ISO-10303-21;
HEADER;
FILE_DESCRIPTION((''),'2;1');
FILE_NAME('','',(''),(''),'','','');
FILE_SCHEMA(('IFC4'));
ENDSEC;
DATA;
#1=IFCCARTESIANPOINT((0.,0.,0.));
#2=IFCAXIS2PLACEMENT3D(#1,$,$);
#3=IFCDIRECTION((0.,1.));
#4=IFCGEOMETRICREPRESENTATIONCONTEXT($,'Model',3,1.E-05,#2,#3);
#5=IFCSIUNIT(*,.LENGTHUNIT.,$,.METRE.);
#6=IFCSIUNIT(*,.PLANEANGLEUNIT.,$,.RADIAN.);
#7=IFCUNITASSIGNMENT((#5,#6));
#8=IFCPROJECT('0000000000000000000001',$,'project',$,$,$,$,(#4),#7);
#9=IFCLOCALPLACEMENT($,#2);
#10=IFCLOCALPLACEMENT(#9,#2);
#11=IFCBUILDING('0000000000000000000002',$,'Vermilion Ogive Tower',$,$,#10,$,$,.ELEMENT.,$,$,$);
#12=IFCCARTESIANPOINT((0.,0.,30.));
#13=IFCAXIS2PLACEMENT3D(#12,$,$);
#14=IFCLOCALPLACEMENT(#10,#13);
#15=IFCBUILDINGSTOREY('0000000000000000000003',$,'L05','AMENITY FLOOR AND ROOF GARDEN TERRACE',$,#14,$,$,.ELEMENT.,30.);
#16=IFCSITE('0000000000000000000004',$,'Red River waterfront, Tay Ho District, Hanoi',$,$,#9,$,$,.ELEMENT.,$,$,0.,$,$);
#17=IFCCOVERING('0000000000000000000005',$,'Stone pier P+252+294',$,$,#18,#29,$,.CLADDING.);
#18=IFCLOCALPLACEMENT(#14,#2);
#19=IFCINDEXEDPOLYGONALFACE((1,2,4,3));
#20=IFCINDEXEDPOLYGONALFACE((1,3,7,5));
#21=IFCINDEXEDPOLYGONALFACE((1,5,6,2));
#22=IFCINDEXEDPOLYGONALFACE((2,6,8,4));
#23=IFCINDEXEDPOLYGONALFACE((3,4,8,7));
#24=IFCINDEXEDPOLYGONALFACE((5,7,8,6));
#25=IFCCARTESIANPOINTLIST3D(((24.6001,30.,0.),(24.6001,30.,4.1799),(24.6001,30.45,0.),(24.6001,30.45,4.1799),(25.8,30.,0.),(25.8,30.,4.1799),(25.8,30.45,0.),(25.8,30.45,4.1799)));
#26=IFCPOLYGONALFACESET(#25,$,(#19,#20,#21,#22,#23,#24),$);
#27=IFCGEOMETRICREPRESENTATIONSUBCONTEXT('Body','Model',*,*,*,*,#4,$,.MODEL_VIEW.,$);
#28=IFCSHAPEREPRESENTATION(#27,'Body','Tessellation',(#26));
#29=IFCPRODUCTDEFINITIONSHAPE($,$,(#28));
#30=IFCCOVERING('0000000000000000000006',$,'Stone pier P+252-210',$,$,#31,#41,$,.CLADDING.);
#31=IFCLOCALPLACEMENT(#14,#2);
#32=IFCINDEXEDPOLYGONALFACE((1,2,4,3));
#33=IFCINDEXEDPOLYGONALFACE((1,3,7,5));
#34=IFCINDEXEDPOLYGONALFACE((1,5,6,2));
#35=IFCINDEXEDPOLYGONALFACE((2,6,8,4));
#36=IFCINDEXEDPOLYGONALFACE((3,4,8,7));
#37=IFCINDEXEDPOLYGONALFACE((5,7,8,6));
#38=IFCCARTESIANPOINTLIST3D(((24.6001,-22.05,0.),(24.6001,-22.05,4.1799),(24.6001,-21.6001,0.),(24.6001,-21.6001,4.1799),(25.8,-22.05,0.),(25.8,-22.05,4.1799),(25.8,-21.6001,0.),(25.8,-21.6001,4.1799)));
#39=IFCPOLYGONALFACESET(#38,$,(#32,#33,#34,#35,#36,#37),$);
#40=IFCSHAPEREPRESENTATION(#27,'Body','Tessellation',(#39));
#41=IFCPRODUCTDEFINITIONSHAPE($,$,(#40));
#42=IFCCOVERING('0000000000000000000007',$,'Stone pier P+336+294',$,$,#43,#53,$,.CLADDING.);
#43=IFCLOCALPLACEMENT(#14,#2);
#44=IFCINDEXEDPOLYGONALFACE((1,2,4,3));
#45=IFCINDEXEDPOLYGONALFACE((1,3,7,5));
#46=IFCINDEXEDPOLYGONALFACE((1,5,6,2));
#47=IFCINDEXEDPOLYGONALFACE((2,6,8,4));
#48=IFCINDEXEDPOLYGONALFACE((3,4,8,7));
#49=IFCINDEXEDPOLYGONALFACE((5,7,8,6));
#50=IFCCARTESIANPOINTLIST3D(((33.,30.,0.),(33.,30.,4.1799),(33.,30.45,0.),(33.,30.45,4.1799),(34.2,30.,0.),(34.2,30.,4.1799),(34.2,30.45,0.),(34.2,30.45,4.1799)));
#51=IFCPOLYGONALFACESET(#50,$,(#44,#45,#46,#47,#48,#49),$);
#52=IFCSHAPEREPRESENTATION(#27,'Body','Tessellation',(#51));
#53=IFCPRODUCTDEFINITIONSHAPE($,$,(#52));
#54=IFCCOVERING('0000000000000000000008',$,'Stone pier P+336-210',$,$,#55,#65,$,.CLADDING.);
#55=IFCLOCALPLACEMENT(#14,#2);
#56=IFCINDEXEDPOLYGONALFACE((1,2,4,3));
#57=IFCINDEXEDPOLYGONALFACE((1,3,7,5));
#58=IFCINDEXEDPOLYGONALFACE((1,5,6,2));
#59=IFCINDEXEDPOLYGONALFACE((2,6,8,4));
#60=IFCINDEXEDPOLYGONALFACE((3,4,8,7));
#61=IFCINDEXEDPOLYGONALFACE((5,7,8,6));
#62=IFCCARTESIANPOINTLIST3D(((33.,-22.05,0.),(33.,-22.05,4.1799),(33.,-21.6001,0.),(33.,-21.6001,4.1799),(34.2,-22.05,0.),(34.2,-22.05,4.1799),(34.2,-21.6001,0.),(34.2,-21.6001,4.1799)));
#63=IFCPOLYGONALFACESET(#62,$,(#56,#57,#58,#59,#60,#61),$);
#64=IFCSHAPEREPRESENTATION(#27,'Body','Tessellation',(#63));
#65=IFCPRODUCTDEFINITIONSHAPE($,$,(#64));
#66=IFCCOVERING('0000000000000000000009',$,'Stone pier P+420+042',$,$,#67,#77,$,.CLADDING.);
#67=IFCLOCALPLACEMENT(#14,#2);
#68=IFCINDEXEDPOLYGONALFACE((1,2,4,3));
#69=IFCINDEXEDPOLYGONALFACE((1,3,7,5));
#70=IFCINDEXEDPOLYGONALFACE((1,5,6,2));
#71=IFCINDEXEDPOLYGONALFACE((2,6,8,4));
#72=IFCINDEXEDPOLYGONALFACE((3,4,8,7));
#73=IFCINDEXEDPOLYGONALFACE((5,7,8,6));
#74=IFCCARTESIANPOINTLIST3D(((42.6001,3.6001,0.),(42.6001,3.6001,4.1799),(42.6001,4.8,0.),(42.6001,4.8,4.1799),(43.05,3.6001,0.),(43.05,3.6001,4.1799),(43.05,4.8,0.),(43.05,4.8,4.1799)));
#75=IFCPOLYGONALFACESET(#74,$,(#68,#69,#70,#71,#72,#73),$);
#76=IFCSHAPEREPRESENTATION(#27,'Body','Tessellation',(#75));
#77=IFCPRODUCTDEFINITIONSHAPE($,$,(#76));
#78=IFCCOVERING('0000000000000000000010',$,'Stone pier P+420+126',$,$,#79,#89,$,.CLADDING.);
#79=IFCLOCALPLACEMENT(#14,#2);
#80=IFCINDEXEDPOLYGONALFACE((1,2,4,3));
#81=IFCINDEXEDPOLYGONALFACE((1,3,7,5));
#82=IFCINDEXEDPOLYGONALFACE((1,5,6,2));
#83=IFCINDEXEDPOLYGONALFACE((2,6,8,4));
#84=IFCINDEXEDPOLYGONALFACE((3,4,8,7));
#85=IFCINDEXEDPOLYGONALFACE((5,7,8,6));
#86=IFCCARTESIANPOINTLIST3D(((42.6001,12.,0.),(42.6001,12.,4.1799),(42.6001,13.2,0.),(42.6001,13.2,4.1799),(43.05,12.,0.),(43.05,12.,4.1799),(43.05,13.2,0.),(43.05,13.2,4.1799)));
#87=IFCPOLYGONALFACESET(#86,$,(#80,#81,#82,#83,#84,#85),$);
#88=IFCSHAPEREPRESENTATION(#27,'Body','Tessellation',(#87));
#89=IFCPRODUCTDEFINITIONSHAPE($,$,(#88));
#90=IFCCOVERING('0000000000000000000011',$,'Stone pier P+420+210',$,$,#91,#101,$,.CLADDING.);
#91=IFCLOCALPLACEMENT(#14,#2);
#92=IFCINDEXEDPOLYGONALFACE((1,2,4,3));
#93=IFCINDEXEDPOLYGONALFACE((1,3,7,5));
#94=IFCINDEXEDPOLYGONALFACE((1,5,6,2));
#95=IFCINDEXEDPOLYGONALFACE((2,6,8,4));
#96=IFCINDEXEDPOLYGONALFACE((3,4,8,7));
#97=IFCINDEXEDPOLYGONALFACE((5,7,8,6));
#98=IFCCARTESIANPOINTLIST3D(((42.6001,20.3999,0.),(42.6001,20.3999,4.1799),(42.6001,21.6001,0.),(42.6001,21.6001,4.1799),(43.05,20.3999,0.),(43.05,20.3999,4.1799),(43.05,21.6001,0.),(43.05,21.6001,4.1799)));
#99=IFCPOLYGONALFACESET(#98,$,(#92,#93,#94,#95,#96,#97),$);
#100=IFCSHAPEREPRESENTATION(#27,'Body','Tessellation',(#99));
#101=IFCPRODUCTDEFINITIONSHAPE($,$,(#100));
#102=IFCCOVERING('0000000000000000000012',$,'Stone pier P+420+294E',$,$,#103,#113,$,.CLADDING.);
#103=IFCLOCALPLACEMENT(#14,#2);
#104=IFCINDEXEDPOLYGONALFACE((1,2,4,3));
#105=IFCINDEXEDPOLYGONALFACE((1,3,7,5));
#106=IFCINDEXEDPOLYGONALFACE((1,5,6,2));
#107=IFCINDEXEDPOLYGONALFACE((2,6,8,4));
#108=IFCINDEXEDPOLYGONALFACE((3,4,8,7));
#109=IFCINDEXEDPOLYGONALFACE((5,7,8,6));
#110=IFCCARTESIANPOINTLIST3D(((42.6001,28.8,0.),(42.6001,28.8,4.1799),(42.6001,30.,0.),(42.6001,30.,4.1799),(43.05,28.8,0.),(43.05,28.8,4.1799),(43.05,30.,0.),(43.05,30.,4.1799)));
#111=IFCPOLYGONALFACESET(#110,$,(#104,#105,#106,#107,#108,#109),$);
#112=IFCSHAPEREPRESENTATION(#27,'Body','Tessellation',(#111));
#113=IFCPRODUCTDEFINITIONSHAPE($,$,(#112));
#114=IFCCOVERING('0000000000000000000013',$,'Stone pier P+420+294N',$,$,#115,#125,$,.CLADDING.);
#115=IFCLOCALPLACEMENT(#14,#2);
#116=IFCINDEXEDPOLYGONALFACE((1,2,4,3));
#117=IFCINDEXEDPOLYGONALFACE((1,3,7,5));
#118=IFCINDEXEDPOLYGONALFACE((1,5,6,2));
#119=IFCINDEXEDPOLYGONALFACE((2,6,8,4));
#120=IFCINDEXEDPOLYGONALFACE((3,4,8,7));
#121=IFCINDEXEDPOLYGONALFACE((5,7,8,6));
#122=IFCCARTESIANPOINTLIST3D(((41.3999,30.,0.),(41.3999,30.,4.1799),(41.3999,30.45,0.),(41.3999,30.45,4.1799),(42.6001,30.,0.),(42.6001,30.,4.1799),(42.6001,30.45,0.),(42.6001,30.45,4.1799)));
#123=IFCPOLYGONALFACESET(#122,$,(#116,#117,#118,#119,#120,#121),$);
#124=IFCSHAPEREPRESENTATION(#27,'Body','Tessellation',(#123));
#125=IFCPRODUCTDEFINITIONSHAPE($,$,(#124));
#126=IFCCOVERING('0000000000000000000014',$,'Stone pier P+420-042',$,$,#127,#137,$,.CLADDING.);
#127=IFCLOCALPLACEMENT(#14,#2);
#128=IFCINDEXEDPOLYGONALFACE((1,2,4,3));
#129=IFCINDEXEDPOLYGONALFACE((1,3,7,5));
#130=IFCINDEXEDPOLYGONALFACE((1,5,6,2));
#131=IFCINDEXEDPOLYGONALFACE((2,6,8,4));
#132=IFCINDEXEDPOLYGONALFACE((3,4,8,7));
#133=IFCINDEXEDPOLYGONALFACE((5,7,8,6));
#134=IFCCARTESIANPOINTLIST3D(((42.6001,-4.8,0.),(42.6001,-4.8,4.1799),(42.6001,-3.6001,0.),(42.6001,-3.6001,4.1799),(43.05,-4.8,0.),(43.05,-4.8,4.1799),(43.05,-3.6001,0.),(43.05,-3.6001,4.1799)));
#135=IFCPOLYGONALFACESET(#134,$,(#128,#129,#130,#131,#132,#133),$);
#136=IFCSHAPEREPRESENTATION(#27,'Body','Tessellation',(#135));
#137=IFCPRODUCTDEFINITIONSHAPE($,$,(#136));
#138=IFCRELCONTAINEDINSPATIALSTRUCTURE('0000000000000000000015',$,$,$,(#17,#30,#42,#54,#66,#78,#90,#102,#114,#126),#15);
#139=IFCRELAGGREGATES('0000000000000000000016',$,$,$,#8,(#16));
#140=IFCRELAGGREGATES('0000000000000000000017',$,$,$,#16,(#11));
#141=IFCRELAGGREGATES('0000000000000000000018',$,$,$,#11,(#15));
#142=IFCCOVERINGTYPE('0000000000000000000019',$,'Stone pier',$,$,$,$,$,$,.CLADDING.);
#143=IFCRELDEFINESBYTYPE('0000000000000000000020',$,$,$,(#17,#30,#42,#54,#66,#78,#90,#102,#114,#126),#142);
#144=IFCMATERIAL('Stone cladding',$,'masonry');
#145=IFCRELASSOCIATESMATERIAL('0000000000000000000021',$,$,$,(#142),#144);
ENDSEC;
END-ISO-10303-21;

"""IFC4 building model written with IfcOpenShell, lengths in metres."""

from ifc_helpers import new_model, si_unit, direction, frame, origin, place, context, subcontext, project, spatial, polyline, outline, extrude, material, type_object, element, save


model = new_model("IFC4")

# Units and contexts
model_context = context("Model", 3, precision=1e-05, world=origin(), true_north=direction((0.0, 1.0)))
body_context = subcontext(model_context, "Body", "Model", "MODEL_VIEW")
ifc_project = project(units=[si_unit("LENGTHUNIT", "METRE"), si_unit("PLANEANGLEUNIT", "RADIAN")], contexts=[model_context])

# Site, building, storey
site_placement = place(None, origin())
site = spatial("IfcSite", under=ifc_project, at=site_placement, Name="Red River waterfront, Tay Ho District, Hanoi", CompositionType="ELEMENT", RefElevation=0.0)
building_placement = place(site_placement, origin())
building = spatial("IfcBuilding", under=site, at=building_placement, Name="Vermilion Ogive Tower", CompositionType="ELEMENT")
storey_placement = place(building_placement, frame((0.0, 0.0, 30.0)))
storey = spatial("IfcBuildingStorey", under=building, at=storey_placement, Name="L05", Description="AMENITY FLOOR AND ROOF GARDEN TERRACE", CompositionType="ELEMENT", Elevation=30.0)

# Coverings
ifc_material_1 = material(Name="Stone cladding", Category="masonry")
covering_type = type_object("IfcCoveringType", Name="Stone pier", PredefinedType="CLADDING", material=ifc_material_1)
covering_1_placement = place(storey_placement, origin())
element("IfcCovering", 1, at=covering_1_placement, inside=storey, type_object=covering_type, Name="Stone pier P+252+294", PredefinedType="CLADDING", context=body_context, shape_type="SweptSolid", body=[
    extrude(outline(polyline([(24.6001, 30.45), (25.8, 30.45), (25.8, 30.0), (24.6001, 30.0), (24.6001, 30.45)])), origin(), (0.0, 0.0, 1.0), 4.1799),
])
covering_2_placement = place(storey_placement, origin())
element("IfcCovering", 2, at=covering_2_placement, inside=storey, type_object=covering_type, Name="Stone pier P+252-210", PredefinedType="CLADDING", context=body_context, shape_type="SweptSolid", body=[
    extrude(outline(polyline([(25.8, -22.05), (24.6001, -22.05), (24.6001, -21.6001), (25.8, -21.6001), (25.8, -22.05)])), origin(), (0.0, 0.0, 1.0), 4.1799),
])
covering_3_placement = place(storey_placement, origin())
element("IfcCovering", 3, at=covering_3_placement, inside=storey, type_object=covering_type, Name="Stone pier P+336+294", PredefinedType="CLADDING", context=body_context, shape_type="SweptSolid", body=[
    extrude(outline(polyline([(33.0, 30.45), (34.2, 30.45), (34.2, 30.0), (33.0, 30.0), (33.0, 30.45)])), origin(), (0.0, 0.0, 1.0), 4.1799),
])
covering_4_placement = place(storey_placement, origin())
element("IfcCovering", 4, at=covering_4_placement, inside=storey, type_object=covering_type, Name="Stone pier P+336-210", PredefinedType="CLADDING", context=body_context, shape_type="SweptSolid", body=[
    extrude(outline(polyline([(34.2, -22.05), (33.0, -22.05), (33.0, -21.6001), (34.2, -21.6001), (34.2, -22.05)])), origin(), (0.0, 0.0, 1.0), 4.1799),
])
covering_5_placement = place(storey_placement, origin())
element("IfcCovering", 5, at=covering_5_placement, inside=storey, type_object=covering_type, Name="Stone pier P+420+042", PredefinedType="CLADDING", context=body_context, shape_type="SweptSolid", body=[
    extrude(outline(polyline([(42.6001, 4.8), (42.6001, 4.8), (43.05, 4.8), (43.05, 3.6001), (42.6001, 3.6001), (42.6001, 3.6001), (42.6001, 4.8)])), origin(), (0.0, 0.0, 1.0), 4.1799),
])
covering_6_placement = place(storey_placement, origin())
element("IfcCovering", 6, at=covering_6_placement, inside=storey, type_object=covering_type, Name="Stone pier P+420+126", PredefinedType="CLADDING", context=body_context, shape_type="SweptSolid", body=[
    extrude(outline(polyline([(42.6001, 13.2), (43.05, 13.2), (43.05, 12.0), (42.6001, 12.0), (42.6001, 13.2), (42.6001, 13.2)])), origin(), (0.0, 0.0, 1.0), 4.1799),
])
covering_7_placement = place(storey_placement, origin())
element("IfcCovering", 7, at=covering_7_placement, inside=storey, type_object=covering_type, Name="Stone pier P+420+210", PredefinedType="CLADDING", context=body_context, shape_type="SweptSolid", body=[
    extrude(outline(polyline([(43.05, 21.6001), (43.05, 20.3999), (42.6001, 20.3999), (42.6001, 21.6001), (43.05, 21.6001)])), origin(), (0.0, 0.0, 1.0), 4.1799),
])
covering_8_placement = place(storey_placement, origin())
element("IfcCovering", 8, at=covering_8_placement, inside=storey, type_object=covering_type, Name="Stone pier P+420+294E", PredefinedType="CLADDING", context=body_context, shape_type="SweptSolid", body=[
    extrude(outline(polyline([(43.05, 30.0), (43.05, 28.8), (42.6001, 28.8), (42.6001, 30.0), (43.05, 30.0)])), origin(), (0.0, 0.0, 1.0), 4.1799),
])
covering_9_placement = place(storey_placement, origin())
element("IfcCovering", 9, at=covering_9_placement, inside=storey, type_object=covering_type, Name="Stone pier P+420+294N", PredefinedType="CLADDING", context=body_context, shape_type="SweptSolid", body=[
    extrude(outline(polyline([(42.6001, 30.45), (42.6001, 30.0), (41.3999, 30.0), (41.3999, 30.45), (42.6001, 30.45)])), origin(), (0.0, 0.0, 1.0), 4.1799),
])
covering_10_placement = place(storey_placement, origin())
element("IfcCovering", 10, at=covering_10_placement, inside=storey, type_object=covering_type, Name="Stone pier P+420-042", PredefinedType="CLADDING", context=body_context, shape_type="SweptSolid", body=[
    extrude(outline(polyline([(42.6001, -3.6001), (42.6001, -3.6001), (43.05, -3.6001), (43.05, -4.8), (42.6001, -4.8), (42.6001, -4.8), (42.6001, -3.6001)])), origin(), (0.0, 0.0, 1.0), 4.1799),
])

save(model, "model.ifc")
